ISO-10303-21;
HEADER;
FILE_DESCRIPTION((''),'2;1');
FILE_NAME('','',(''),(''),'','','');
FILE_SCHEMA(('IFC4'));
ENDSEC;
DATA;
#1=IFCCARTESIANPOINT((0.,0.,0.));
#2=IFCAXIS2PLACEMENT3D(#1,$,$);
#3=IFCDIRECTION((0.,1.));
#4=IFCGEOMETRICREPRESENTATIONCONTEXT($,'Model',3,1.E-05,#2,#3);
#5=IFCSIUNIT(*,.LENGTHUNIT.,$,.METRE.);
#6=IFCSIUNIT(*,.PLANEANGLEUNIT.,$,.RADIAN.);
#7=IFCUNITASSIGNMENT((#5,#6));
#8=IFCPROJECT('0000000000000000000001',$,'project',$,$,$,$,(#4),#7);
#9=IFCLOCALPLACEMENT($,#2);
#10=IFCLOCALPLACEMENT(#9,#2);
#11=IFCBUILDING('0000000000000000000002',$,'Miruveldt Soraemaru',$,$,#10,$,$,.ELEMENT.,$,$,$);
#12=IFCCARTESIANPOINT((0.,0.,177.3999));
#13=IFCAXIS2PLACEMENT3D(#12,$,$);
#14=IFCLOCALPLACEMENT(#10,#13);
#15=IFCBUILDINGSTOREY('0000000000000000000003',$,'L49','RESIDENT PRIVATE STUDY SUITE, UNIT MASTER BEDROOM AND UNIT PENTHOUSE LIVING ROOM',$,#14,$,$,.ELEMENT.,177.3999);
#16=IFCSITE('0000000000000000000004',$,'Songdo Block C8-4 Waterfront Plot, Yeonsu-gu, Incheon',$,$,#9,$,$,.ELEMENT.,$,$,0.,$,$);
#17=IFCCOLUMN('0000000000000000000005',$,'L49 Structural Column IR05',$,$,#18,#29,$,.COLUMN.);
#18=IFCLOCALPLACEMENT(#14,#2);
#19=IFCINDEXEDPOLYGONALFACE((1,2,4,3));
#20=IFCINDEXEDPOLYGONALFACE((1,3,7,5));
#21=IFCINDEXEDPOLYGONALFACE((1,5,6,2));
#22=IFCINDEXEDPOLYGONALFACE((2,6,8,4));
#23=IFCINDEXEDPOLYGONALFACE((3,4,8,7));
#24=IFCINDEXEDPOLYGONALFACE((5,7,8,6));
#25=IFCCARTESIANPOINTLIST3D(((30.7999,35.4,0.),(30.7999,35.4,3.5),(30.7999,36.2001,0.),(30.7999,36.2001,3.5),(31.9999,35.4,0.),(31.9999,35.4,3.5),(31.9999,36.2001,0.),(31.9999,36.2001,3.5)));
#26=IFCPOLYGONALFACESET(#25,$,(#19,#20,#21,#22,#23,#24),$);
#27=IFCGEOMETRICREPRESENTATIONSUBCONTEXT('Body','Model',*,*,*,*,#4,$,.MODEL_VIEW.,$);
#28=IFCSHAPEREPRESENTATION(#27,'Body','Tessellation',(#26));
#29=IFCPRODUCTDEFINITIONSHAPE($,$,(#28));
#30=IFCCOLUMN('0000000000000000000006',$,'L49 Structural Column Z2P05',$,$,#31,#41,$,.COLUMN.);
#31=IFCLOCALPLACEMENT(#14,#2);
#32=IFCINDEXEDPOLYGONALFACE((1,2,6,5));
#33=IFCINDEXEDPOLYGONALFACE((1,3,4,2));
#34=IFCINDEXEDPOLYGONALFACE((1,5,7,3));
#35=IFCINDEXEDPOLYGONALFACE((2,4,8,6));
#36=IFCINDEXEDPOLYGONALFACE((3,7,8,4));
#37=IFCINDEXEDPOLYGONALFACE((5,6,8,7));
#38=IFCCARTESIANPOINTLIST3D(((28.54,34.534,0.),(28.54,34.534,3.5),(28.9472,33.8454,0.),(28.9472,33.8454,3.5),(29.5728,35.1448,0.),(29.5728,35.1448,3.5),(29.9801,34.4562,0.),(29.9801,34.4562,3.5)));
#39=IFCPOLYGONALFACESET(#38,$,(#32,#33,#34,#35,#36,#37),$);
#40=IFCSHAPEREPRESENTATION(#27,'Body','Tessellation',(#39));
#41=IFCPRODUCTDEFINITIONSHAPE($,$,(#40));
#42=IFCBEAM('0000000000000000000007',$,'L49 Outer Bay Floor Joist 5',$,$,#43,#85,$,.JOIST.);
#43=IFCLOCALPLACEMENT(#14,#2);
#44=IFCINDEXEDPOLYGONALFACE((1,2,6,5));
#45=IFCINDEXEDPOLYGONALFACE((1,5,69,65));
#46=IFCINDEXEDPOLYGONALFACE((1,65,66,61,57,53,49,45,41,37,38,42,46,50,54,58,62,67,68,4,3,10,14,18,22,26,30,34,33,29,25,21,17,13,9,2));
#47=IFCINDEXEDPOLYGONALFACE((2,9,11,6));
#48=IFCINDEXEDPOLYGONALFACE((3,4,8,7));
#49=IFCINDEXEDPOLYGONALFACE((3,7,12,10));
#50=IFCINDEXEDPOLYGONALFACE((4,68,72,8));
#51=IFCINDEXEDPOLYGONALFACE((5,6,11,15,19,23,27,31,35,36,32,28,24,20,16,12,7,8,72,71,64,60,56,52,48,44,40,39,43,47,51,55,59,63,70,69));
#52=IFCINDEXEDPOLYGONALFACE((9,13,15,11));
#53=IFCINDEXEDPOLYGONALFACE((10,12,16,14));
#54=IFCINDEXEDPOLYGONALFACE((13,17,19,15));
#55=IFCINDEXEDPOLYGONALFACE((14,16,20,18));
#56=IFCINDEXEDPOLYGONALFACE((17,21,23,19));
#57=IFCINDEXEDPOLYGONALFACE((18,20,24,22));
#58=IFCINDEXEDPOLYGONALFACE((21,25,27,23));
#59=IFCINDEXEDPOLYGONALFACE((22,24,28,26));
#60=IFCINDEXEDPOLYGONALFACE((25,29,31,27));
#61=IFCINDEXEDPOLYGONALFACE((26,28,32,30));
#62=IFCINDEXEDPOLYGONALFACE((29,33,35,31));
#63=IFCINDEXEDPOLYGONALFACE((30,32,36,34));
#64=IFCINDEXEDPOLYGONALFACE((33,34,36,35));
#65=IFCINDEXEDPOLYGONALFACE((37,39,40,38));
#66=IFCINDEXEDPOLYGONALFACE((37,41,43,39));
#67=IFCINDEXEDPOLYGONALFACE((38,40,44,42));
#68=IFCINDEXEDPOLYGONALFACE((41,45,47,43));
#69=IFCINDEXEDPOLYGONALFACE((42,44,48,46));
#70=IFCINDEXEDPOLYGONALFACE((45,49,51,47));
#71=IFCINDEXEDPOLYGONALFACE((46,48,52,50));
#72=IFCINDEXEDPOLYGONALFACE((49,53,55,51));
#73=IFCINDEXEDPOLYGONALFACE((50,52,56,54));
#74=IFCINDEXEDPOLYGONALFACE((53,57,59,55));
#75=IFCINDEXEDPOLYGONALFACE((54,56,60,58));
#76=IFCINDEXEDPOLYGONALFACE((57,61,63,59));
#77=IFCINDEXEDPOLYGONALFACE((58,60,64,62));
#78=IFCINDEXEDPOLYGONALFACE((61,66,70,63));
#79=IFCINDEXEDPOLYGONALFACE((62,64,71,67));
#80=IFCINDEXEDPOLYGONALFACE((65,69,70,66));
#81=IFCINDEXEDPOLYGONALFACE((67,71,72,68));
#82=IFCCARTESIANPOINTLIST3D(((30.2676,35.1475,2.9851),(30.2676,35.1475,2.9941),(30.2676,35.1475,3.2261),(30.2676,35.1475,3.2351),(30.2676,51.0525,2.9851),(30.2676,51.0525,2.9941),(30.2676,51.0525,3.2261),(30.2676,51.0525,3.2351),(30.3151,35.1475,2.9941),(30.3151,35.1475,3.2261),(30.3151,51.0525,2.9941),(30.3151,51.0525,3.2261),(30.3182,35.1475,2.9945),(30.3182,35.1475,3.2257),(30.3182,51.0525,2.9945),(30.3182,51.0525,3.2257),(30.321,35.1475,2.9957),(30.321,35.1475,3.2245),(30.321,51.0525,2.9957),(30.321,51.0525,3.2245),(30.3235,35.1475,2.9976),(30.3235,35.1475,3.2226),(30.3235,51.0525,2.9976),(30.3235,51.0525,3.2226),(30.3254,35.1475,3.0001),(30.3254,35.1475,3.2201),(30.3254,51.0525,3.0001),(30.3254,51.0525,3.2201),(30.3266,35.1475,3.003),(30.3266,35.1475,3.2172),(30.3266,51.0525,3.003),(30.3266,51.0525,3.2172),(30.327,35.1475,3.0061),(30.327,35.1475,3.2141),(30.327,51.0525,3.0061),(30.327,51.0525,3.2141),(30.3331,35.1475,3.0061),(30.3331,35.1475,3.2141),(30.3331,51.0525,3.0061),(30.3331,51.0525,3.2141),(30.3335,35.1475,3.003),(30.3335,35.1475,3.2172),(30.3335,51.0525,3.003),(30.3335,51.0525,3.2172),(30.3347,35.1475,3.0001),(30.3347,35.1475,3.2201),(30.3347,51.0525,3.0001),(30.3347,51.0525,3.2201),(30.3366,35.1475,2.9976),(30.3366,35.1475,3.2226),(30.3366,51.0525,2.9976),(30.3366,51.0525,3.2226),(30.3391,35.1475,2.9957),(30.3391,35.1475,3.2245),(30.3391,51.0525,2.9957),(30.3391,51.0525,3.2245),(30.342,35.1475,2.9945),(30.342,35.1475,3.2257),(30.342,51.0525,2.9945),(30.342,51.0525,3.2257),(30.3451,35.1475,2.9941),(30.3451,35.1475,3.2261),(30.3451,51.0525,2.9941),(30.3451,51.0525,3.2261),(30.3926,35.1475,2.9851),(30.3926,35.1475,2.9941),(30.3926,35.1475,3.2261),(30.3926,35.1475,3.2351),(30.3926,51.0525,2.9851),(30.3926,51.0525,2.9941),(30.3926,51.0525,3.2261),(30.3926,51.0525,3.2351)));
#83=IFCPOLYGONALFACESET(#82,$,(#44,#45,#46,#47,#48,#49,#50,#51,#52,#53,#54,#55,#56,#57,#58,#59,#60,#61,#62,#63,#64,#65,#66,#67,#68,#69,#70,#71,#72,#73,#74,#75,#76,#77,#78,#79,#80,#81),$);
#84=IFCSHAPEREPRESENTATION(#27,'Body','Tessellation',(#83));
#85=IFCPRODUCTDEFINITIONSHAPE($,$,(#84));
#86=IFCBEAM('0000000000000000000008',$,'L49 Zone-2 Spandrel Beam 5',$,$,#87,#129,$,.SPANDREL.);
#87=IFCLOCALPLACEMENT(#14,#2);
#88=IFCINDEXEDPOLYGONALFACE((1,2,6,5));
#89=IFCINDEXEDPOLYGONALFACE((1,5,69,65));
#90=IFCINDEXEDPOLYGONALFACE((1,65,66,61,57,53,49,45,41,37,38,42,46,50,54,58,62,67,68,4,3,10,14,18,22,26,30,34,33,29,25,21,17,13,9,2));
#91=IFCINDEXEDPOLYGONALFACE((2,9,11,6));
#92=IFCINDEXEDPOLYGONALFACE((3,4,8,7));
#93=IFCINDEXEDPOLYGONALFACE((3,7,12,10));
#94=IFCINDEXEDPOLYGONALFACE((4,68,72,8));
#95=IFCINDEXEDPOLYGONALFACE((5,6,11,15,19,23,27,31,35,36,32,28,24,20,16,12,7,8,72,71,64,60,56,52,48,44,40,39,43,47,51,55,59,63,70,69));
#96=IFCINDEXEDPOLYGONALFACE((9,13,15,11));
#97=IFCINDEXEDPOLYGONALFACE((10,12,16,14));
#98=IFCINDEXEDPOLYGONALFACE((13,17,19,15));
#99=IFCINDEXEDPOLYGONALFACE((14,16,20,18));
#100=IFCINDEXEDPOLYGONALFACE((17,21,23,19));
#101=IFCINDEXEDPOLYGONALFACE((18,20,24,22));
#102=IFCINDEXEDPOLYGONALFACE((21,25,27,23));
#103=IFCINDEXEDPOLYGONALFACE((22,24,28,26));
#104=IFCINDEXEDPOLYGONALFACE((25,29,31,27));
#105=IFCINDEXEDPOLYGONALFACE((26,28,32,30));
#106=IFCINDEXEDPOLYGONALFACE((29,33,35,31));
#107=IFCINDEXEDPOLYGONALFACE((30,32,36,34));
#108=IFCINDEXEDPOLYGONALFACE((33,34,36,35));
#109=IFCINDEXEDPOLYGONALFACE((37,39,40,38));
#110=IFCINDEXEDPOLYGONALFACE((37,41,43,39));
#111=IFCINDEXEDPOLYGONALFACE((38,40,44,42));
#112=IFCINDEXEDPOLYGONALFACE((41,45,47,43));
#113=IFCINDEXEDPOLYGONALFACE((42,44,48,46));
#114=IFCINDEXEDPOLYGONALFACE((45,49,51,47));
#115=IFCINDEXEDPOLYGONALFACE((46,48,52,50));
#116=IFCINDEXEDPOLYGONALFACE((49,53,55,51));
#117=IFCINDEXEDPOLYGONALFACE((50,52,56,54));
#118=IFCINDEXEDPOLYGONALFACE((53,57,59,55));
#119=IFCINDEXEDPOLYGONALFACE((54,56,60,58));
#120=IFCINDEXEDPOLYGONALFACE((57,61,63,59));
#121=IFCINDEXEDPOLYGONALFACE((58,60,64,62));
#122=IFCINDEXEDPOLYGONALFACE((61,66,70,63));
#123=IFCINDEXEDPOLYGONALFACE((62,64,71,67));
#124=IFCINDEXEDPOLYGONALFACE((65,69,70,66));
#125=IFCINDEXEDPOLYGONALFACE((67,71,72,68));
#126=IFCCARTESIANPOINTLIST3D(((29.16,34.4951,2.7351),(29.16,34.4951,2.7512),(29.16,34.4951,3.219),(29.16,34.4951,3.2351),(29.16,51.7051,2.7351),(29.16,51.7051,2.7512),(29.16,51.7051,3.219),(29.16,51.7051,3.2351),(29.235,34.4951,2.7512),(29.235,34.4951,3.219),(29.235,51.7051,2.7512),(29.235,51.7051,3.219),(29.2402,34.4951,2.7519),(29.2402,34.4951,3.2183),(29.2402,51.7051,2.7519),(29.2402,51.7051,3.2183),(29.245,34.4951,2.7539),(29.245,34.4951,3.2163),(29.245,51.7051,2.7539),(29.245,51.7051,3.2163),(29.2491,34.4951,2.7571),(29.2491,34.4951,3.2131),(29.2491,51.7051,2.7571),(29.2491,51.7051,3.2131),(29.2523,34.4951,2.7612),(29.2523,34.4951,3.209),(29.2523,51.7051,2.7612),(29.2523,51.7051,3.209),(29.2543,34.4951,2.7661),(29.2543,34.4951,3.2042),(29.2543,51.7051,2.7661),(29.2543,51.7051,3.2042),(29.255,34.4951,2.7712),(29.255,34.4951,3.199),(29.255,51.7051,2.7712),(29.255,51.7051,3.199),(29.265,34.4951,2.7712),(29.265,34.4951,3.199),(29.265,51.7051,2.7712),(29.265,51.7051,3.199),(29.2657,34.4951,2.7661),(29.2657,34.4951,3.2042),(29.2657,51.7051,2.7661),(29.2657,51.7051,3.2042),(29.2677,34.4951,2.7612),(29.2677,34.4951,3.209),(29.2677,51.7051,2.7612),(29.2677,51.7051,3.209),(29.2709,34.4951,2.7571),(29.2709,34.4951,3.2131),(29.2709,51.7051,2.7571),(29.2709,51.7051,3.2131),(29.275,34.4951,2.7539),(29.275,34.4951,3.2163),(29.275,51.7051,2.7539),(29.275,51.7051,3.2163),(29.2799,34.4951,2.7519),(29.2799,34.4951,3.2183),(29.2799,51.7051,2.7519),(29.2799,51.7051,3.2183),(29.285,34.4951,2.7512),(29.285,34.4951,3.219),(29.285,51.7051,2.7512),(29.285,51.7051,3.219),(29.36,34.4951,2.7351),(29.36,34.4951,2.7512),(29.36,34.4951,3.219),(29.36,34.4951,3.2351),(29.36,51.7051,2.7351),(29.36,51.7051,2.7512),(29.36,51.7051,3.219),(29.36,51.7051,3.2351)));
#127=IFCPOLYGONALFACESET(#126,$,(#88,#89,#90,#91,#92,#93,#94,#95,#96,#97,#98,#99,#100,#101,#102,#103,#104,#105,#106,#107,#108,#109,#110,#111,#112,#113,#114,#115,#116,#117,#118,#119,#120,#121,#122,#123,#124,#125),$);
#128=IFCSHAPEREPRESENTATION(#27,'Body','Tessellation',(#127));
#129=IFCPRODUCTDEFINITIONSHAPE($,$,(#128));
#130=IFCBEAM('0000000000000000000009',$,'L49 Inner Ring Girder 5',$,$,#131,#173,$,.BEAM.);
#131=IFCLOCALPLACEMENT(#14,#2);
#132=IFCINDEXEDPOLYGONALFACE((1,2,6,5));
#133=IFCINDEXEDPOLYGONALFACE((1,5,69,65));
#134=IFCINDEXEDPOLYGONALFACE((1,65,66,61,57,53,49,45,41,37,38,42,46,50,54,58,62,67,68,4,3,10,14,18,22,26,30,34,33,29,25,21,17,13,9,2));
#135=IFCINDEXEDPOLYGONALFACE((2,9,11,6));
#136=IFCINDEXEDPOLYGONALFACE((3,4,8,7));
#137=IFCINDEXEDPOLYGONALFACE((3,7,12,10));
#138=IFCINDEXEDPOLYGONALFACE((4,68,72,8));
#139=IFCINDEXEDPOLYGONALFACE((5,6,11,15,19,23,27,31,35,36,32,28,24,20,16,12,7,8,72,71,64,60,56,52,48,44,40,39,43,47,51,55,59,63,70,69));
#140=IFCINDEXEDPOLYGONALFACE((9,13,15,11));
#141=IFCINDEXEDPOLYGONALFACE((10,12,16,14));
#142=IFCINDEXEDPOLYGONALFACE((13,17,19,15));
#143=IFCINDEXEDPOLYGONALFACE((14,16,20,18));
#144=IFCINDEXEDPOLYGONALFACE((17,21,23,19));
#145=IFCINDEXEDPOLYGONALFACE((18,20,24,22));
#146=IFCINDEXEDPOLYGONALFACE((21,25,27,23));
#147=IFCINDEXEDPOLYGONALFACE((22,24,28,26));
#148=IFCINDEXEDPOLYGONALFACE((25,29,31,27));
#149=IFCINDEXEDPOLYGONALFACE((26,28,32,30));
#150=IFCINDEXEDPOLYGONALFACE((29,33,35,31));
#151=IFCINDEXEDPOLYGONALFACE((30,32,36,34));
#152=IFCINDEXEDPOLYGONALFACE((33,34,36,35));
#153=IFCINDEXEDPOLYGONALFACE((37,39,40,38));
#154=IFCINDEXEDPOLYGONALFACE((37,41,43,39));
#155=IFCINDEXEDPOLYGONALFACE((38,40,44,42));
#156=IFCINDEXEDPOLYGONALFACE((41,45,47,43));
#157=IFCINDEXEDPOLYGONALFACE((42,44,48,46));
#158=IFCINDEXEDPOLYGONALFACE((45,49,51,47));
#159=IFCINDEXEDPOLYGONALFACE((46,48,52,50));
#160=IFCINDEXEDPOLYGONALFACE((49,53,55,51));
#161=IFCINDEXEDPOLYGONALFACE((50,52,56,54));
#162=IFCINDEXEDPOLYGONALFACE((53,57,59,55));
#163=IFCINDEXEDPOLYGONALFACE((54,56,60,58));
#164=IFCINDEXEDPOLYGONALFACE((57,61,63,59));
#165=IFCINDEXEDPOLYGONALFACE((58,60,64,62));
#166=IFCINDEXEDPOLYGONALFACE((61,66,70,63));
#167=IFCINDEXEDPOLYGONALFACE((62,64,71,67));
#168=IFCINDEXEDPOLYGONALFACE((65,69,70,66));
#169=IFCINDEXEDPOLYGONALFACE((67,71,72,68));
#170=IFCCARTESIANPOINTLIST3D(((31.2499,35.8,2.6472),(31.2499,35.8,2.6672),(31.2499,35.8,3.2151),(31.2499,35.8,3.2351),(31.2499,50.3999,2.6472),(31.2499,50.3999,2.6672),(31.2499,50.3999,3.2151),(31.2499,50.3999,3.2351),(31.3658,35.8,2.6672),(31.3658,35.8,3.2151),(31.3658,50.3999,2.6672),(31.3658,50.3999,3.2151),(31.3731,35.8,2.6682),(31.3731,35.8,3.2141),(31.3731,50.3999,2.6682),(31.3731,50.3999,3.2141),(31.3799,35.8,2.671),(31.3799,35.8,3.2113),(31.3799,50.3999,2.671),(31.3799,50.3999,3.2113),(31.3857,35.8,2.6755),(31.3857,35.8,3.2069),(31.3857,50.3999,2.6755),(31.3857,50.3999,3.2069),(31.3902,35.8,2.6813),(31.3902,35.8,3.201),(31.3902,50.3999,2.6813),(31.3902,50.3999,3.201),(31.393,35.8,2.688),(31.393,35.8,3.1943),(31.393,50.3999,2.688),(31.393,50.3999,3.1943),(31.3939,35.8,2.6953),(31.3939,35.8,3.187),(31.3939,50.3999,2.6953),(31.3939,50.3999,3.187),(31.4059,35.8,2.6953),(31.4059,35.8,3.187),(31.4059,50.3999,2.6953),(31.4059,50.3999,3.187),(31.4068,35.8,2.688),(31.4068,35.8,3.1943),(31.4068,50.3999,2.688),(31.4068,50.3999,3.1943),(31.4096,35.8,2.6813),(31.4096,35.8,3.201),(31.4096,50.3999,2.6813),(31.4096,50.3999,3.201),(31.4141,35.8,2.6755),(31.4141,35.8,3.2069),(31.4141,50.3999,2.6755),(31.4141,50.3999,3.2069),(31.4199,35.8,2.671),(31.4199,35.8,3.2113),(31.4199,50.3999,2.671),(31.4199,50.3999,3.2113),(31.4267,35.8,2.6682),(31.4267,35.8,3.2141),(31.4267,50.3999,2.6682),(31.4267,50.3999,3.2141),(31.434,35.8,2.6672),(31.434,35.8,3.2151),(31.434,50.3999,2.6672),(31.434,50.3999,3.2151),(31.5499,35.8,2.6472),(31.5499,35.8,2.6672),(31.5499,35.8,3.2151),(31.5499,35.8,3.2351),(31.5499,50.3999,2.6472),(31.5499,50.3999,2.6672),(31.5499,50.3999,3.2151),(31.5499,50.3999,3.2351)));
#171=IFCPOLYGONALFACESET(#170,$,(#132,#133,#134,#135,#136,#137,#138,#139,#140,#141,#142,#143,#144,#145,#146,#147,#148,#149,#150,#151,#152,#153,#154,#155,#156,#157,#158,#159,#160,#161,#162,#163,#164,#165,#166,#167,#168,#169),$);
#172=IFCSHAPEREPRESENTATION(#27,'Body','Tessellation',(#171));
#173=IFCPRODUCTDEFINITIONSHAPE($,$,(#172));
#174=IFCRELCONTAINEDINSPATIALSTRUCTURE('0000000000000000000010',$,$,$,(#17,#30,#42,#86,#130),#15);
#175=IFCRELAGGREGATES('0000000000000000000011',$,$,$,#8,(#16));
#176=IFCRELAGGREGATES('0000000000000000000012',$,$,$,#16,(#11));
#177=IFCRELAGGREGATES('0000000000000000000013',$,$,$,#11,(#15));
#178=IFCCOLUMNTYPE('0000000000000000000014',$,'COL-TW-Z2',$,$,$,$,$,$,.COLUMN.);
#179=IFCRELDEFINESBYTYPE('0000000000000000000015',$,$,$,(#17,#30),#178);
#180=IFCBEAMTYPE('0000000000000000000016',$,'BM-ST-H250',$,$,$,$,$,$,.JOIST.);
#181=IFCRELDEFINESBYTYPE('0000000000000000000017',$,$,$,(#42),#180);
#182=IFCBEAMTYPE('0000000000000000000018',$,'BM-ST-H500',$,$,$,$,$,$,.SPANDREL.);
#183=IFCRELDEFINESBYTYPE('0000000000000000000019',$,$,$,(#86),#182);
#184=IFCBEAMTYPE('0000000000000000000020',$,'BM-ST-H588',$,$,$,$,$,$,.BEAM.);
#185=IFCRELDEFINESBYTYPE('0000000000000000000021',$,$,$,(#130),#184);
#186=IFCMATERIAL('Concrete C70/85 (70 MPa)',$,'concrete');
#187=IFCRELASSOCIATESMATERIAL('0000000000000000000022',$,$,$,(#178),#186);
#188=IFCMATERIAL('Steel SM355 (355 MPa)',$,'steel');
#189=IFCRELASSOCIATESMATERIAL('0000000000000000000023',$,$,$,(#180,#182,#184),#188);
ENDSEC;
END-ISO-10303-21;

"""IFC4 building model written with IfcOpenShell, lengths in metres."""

from ifc_helpers import new_model, si_unit, direction, frame, origin, origin_2d, place, context, subcontext, project, spatial, rectangle, i_section, extrude, material, material_profile, profile_set, type_object, element, save


model = new_model("IFC4")

# Units and contexts
model_context = context("Model", 3, precision=1e-05, world=origin(), true_north=direction((0.0, 1.0)))
body_context = subcontext(model_context, "Body", "Model", "MODEL_VIEW")
ifc_project = project(units=[si_unit("LENGTHUNIT", "METRE"), si_unit("PLANEANGLEUNIT", "RADIAN")], contexts=[model_context])

# Site, building, storey
site_placement = place(None, origin())
site = spatial("IfcSite", under=ifc_project, at=site_placement, Name="Songdo Block C8-4 Waterfront Plot, Yeonsu-gu, Incheon", CompositionType="ELEMENT", RefElevation=0.0)
building_placement = place(site_placement, origin())
building = spatial("IfcBuilding", under=site, at=building_placement, Name="Miruveldt Soraemaru", CompositionType="ELEMENT")
storey_placement = place(building_placement, frame((0.0, 0.0, 177.3999)))
storey = spatial("IfcBuildingStorey", under=building, at=storey_placement, Name="L49", Description="RESIDENT PRIVATE STUDY SUITE, UNIT MASTER BEDROOM AND UNIT PENTHOUSE LIVING ROOM", CompositionType="ELEMENT", Elevation=177.3999)

# Columns
ifc_material_1 = material(Name="Concrete C70/85 (70 MPa)", Category="concrete")
ifc_material_profile_1 = material_profile(ifc_material_1, rectangle(XDim=1.2, YDim=0.8, at=origin_2d()), Name="Concrete C70/85 (70 MPa)", Category="concrete")
ifc_profile_set_1 = profile_set([ifc_material_profile_1], Name="Concrete C70/85 (70 MPa)")
column_type = type_object("IfcColumnType", Name="COL-TW-Z2", PredefinedType="COLUMN", material=ifc_profile_set_1)
for number, where, z_axis, x_axis, name in (
    (1, (31.3999, 35.8, 0.0), (0.0, 0.0, 1.0), (1.0, 0.0, 0.0), "L49 Structural Column IR05"),
    (2, (29.26, 34.4951, 0.0), (0.0, 0.0, 1.0), (0.860742, 0.509041, 0.0), "L49 Structural Column Z2P05"),
):
    element("IfcColumn", number, at=place(storey_placement, frame(where, z_axis=z_axis, x_axis=x_axis)), inside=storey, type_object=column_type, Name=name, PredefinedType="COLUMN", context=body_context, shape_type="SweptSolid", body=[
        extrude(rectangle(XDim=1.2, YDim=0.8, at=origin_2d()), origin(), (0.0, 0.0, 1.0), 3.5),
    ])

# Beams
ifc_material_2 = material(Name="Steel SM355 (355 MPa)", Category="steel")
ifc_material_profile_2 = material_profile(ifc_material_2, i_section(OverallWidth=0.125, OverallDepth=0.25, WebThickness=0.0061, FlangeThickness=0.009, FilletRadius=0.012, at=origin_2d()), Name="Steel SM355 (355 MPa)", Category="steel")
ifc_profile_set_2 = profile_set([ifc_material_profile_2], Name="Steel SM355 (355 MPa)")
beam_type_1 = type_object("IfcBeamType", Name="BM-ST-H250", PredefinedType="JOIST", material=ifc_profile_set_2)
beam_1_placement = place(storey_placement, frame((30.3301, 35.1475, 3.1101), z_axis=(0.0, 1.0, 0.0), x_axis=(-1.0, 0.0, 0.0)))
element("IfcBeam", 3, at=beam_1_placement, inside=storey, type_object=beam_type_1, Name="L49 Outer Bay Floor Joist 5", PredefinedType="JOIST", context=body_context, shape_type="SweptSolid", body=[
    extrude(i_section(OverallWidth=0.125, OverallDepth=0.25, WebThickness=0.0061, FlangeThickness=0.009, FilletRadius=0.012, at=origin_2d()), origin(), (0.0, 0.0, 1.0), 15.905),
])
ifc_material_profile_3 = material_profile(ifc_material_2, i_section(OverallWidth=0.2, OverallDepth=0.5, WebThickness=0.01, FlangeThickness=0.0161, FilletRadius=0.02, at=origin_2d()), Name="Steel SM355 (355 MPa)", Category="steel")
ifc_profile_set_3 = profile_set([ifc_material_profile_3], Name="Steel SM355 (355 MPa)")
beam_type_2 = type_object("IfcBeamType", Name="BM-ST-H500", PredefinedType="SPANDREL", material=ifc_profile_set_3)
beam_2_placement = place(storey_placement, frame((29.26, 34.4951, 2.9851), z_axis=(0.0, 1.0, 0.0), x_axis=(-1.0, 0.0, 0.0)))
element("IfcBeam", 4, at=beam_2_placement, inside=storey, type_object=beam_type_2, Name="L49 Zone-2 Spandrel Beam 5", PredefinedType="SPANDREL", context=body_context, shape_type="SweptSolid", body=[
    extrude(i_section(OverallWidth=0.2, OverallDepth=0.5, WebThickness=0.01, FlangeThickness=0.0161, FilletRadius=0.02, at=origin_2d()), origin(), (0.0, 0.0, 1.0), 17.21),
])
ifc_material_profile_4 = material_profile(ifc_material_2, i_section(OverallWidth=0.3, OverallDepth=0.5879, WebThickness=0.012, FlangeThickness=0.02, FilletRadius=0.0281, at=origin_2d()), Name="Steel SM355 (355 MPa)", Category="steel")
ifc_profile_set_4 = profile_set([ifc_material_profile_4], Name="Steel SM355 (355 MPa)")
beam_type_3 = type_object("IfcBeamType", Name="BM-ST-H588", PredefinedType="BEAM", material=ifc_profile_set_4)
beam_3_placement = place(storey_placement, frame((31.3999, 35.8, 2.9412), z_axis=(0.0, 1.0, 0.0), x_axis=(-1.0, 0.0, 0.0)))
element("IfcBeam", 5, at=beam_3_placement, inside=storey, type_object=beam_type_3, Name="L49 Inner Ring Girder 5", PredefinedType="BEAM", context=body_context, shape_type="SweptSolid", body=[
    extrude(i_section(OverallWidth=0.3, OverallDepth=0.5879, WebThickness=0.012, FlangeThickness=0.02, FilletRadius=0.0281, at=origin_2d()), origin(), (0.0, 0.0, 1.0), 14.5999),
])

save(model, "model.ifc")
